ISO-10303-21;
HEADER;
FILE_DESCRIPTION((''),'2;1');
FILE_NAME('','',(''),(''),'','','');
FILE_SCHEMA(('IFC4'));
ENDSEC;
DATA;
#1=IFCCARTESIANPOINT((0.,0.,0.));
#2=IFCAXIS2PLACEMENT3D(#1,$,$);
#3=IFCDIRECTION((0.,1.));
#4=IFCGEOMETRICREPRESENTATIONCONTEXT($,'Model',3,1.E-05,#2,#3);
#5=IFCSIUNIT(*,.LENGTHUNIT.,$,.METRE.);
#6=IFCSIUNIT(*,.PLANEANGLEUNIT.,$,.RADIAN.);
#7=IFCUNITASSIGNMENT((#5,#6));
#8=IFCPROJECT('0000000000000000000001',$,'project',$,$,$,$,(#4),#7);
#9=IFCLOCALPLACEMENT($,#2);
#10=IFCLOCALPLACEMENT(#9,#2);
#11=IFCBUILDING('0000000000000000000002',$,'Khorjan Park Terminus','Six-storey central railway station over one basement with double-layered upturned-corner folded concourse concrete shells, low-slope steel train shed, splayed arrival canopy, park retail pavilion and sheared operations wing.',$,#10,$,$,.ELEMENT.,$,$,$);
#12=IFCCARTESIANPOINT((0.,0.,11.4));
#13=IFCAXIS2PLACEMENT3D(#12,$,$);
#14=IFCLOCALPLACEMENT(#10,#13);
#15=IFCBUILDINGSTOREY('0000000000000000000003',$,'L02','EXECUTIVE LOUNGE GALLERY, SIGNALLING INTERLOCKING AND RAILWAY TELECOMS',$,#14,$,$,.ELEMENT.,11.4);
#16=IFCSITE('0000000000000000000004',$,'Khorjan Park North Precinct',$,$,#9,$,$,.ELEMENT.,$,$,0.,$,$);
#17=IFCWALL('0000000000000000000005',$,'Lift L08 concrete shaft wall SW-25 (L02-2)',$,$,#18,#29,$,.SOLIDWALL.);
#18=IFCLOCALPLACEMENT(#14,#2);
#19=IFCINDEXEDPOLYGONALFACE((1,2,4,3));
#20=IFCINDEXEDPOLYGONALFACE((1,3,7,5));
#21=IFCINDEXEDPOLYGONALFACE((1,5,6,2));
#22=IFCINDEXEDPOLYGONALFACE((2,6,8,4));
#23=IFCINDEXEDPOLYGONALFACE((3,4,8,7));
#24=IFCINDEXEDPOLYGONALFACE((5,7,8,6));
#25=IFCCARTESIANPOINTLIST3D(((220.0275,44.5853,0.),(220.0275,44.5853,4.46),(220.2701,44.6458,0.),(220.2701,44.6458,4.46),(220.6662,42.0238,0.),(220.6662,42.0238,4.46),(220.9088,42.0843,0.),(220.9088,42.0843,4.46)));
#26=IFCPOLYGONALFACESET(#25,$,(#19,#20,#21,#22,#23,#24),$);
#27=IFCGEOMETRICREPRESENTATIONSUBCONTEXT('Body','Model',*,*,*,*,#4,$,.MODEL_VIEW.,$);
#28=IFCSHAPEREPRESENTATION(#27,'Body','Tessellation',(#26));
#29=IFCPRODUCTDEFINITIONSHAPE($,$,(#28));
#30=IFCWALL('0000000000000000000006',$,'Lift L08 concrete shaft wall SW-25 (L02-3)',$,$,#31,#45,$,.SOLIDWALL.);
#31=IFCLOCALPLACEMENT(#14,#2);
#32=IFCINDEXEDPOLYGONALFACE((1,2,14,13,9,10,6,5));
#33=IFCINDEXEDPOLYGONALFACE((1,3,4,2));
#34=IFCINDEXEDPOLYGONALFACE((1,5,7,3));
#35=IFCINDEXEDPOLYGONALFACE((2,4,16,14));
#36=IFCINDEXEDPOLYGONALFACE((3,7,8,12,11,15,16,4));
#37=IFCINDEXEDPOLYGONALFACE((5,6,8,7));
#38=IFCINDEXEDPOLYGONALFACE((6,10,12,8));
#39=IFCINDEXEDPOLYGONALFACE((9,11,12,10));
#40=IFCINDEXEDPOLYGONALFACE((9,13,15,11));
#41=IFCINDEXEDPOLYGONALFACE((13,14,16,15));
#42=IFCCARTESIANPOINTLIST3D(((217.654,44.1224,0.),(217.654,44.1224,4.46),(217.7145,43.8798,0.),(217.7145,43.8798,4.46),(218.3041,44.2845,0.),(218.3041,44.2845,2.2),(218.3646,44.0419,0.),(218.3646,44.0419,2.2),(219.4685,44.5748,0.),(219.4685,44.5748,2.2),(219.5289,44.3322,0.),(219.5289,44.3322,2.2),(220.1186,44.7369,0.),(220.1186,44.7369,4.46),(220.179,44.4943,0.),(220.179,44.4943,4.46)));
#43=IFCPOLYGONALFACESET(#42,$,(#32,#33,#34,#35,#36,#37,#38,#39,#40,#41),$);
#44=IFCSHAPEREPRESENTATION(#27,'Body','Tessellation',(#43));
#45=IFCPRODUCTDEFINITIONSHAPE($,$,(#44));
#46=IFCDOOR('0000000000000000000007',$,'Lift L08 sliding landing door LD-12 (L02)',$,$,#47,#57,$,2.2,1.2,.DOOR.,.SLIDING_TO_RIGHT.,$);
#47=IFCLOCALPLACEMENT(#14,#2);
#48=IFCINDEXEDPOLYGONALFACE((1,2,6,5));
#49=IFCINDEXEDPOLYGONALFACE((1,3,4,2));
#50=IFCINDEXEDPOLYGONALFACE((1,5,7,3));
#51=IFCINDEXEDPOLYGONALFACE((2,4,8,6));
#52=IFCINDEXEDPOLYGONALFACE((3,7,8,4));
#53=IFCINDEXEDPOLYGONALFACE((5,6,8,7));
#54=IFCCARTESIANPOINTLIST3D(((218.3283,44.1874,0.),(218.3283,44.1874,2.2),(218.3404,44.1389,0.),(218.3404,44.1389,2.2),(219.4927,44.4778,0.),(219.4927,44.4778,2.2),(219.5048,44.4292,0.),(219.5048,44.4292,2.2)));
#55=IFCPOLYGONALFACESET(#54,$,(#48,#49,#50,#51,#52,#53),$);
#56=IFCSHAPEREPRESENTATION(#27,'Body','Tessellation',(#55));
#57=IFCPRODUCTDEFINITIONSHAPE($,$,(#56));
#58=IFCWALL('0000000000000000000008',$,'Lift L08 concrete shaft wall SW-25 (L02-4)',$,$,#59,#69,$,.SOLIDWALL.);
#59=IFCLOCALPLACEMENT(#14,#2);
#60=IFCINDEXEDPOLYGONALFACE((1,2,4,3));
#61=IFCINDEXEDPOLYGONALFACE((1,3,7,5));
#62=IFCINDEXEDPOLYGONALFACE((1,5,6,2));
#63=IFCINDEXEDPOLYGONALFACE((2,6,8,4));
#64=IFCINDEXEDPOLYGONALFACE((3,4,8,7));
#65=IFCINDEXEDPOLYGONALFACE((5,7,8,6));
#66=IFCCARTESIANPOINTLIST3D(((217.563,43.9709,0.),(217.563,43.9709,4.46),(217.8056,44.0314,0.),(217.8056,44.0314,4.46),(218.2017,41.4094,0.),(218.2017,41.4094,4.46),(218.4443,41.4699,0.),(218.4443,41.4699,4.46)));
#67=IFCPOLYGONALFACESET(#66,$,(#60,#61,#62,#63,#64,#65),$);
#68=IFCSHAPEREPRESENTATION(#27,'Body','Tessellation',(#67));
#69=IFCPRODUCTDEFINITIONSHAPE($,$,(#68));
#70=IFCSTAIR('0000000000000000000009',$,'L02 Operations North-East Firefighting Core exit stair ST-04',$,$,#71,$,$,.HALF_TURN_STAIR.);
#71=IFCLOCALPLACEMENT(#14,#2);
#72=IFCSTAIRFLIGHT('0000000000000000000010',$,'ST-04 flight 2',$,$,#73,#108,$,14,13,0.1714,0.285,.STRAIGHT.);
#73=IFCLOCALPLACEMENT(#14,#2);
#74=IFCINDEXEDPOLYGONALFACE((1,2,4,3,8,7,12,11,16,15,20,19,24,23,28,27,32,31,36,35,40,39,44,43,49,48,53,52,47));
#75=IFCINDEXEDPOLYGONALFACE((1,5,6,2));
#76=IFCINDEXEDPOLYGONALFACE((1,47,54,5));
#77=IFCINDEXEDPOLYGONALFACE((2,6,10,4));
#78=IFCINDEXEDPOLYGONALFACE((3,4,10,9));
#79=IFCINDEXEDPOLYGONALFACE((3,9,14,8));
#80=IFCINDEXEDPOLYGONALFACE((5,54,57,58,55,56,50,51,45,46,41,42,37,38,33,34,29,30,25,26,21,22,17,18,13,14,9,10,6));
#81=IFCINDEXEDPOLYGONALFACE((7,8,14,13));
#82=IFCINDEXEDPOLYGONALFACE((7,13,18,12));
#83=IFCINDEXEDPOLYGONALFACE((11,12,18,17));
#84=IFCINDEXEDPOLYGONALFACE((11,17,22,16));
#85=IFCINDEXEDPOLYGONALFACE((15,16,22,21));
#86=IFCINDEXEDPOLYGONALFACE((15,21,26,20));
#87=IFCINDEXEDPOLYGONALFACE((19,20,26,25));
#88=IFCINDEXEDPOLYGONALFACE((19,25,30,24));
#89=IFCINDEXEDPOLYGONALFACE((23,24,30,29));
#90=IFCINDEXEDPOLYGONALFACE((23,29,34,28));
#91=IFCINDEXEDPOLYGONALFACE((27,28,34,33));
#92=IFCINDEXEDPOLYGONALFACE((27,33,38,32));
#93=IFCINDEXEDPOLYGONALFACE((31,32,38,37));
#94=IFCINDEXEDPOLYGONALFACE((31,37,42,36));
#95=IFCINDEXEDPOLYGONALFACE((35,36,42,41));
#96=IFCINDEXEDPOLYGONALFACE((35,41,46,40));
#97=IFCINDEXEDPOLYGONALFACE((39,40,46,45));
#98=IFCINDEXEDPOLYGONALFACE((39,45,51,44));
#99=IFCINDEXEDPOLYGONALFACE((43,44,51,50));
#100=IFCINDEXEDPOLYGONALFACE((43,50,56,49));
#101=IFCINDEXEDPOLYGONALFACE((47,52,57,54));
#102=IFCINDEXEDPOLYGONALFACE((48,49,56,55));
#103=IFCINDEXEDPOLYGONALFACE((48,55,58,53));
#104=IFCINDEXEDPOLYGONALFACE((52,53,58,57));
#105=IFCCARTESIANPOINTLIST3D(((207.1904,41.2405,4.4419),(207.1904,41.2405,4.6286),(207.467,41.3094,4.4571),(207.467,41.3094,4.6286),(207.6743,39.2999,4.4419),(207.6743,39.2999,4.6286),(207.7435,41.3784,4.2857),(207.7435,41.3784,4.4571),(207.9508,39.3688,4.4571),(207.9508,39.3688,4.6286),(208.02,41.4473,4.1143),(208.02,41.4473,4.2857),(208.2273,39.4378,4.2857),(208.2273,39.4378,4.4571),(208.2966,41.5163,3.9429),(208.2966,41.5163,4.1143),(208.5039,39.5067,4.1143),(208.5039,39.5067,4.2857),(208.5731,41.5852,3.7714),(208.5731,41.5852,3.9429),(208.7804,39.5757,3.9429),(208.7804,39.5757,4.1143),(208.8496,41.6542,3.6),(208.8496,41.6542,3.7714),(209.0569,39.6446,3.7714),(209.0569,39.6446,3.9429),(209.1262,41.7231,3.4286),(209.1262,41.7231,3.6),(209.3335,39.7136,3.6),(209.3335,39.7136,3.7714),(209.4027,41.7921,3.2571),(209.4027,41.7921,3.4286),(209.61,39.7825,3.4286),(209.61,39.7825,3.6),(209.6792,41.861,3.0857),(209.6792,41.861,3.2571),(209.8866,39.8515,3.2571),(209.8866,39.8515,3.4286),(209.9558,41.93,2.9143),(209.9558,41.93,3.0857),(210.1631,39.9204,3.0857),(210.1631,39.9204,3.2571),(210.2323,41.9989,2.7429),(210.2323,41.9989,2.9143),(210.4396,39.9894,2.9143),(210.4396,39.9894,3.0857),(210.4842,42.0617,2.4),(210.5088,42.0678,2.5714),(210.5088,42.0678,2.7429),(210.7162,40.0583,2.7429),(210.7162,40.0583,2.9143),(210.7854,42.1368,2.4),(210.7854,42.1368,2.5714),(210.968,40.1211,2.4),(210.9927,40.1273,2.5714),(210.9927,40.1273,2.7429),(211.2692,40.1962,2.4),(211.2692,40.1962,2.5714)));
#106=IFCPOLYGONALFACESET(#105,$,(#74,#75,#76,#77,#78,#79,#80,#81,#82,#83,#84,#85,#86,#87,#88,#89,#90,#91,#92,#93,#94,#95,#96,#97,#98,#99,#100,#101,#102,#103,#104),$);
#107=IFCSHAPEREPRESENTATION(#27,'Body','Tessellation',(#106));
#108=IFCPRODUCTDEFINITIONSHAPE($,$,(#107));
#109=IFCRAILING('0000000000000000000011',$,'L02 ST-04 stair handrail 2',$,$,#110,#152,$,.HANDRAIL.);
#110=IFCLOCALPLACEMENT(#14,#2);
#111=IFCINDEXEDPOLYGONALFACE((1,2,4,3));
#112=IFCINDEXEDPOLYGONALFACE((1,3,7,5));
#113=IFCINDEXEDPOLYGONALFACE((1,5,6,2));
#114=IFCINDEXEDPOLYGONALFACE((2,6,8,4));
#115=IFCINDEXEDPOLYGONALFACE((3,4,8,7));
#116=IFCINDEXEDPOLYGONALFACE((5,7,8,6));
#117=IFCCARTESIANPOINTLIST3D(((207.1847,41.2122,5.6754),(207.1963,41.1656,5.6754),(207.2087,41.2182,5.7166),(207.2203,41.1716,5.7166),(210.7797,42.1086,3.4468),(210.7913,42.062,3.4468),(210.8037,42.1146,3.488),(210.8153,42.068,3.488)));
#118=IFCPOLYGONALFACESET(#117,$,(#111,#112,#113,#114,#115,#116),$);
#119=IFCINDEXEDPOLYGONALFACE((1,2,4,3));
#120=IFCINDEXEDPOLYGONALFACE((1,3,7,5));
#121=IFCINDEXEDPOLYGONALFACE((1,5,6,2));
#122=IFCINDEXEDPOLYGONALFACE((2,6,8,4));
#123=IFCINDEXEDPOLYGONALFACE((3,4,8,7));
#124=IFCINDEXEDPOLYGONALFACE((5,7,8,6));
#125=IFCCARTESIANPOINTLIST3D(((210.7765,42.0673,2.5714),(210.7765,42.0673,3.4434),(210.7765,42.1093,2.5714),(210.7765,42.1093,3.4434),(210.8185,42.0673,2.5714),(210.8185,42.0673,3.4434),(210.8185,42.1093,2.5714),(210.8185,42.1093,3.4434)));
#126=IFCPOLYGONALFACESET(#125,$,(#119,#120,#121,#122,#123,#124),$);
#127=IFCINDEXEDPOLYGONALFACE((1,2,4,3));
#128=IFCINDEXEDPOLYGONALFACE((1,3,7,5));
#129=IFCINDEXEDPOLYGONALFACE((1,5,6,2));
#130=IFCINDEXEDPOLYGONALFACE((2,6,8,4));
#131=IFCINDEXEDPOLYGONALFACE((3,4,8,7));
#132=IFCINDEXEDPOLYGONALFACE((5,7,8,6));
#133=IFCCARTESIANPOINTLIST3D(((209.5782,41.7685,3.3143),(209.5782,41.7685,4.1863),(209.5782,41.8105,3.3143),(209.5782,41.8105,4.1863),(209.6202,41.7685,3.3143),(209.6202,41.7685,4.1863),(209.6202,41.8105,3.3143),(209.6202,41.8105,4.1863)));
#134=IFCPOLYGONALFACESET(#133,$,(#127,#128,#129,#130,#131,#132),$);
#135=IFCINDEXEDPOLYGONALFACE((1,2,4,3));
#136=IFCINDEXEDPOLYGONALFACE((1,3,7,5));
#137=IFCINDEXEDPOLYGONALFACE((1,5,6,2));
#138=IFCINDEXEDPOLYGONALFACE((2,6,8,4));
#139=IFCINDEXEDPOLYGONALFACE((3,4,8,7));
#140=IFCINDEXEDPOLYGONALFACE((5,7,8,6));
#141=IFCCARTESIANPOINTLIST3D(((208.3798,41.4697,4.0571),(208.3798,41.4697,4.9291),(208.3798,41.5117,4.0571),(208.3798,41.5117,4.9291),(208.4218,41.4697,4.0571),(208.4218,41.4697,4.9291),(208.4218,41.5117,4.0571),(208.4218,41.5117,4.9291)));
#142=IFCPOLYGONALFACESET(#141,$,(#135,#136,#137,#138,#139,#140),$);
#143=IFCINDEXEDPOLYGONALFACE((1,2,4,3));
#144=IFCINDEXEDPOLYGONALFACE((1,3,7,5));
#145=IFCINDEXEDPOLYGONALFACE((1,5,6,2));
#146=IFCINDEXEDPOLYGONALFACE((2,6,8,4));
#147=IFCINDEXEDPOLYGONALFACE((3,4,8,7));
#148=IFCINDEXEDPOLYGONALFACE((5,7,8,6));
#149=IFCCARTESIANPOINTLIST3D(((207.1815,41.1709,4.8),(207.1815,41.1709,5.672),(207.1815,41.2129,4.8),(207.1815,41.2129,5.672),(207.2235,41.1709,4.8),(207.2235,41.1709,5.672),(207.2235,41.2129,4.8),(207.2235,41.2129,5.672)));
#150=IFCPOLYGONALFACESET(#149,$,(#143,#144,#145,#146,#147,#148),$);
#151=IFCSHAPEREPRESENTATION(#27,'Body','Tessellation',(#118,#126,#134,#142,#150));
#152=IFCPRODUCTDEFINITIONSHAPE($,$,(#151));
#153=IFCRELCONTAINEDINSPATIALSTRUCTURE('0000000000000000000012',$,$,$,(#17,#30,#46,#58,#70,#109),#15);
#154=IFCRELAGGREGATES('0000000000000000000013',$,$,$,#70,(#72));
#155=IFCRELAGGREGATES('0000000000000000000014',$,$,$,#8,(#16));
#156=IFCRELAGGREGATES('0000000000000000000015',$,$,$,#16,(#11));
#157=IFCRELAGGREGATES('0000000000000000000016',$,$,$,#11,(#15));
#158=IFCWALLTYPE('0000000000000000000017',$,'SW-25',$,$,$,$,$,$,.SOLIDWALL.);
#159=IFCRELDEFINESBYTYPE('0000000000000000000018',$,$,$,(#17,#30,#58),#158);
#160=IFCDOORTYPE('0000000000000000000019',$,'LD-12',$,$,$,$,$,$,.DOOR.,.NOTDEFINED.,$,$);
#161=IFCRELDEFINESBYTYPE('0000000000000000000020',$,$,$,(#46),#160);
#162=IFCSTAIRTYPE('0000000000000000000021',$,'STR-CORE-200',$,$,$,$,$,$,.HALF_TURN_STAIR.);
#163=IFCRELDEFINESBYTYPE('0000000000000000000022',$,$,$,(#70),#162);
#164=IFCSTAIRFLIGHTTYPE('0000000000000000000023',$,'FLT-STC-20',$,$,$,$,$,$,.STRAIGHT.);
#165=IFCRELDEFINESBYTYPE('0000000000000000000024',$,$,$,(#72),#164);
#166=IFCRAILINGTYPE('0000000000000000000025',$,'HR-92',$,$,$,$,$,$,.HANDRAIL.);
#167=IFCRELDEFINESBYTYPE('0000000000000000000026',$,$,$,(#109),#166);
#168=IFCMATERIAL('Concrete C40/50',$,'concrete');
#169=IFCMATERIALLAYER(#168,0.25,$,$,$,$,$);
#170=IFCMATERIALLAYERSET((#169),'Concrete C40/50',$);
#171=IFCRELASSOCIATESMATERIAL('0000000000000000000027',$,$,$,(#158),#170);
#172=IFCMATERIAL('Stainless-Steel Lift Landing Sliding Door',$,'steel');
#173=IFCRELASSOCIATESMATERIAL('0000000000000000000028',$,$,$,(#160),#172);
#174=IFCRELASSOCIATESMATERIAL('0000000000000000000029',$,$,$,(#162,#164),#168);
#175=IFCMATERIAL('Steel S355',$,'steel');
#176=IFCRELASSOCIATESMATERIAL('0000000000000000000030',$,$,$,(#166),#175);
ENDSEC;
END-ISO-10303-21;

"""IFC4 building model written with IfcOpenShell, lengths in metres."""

from ifc_helpers import new_model, si_unit, direction, frame, frame_2d, origin, origin_2d, place, context, subcontext, project, spatial, polyline, rectangle, outline, extrude, material, layer, layer_set, type_object, element, fill, aggregate, save


model = new_model("IFC4")

# Units and contexts
model_context = context("Model", 3, precision=1e-05, world=origin(), true_north=direction((0.0, 1.0)))
body_context = subcontext(model_context, "Body", "Model", "MODEL_VIEW")
ifc_project = project(units=[si_unit("LENGTHUNIT", "METRE"), si_unit("PLANEANGLEUNIT", "RADIAN")], contexts=[model_context])

# Site, building, storey
site_placement = place(None, origin())
site = spatial("IfcSite", under=ifc_project, at=site_placement, Name="Khorjan Park North Precinct", CompositionType="ELEMENT", RefElevation=0.0)
building_placement = place(site_placement, origin())
building = spatial("IfcBuilding", under=site, at=building_placement, Name="Khorjan Park Terminus", Description="Six-storey central railway station over one basement with double-layered upturned-corner folded concourse concrete shells, low-slope steel train shed, splayed arrival canopy, park retail pavilion and sheared operations wing.", CompositionType="ELEMENT")
storey_placement = place(building_placement, frame((0.0, 0.0, 11.4)))
storey = spatial("IfcBuildingStorey", under=building, at=storey_placement, Name="L02", Description="EXECUTIVE LOUNGE GALLERY, SIGNALLING INTERLOCKING AND RAILWAY TELECOMS", CompositionType="ELEMENT", Elevation=11.4)

# Shared definitions
ifc_material_1 = material(Name="Concrete C40/50", Category="concrete")
ifc_layer_1 = layer(ifc_material_1, 0.25)
ifc_layer_set_1 = layer_set([ifc_layer_1], Name="Concrete C40/50")
wall_type = type_object("IfcWallType", Name="SW-25", PredefinedType="SOLIDWALL", material=ifc_layer_set_1)

# Shared definitions
ifc_material_2 = material(Name="Stainless-Steel Lift Landing Sliding Door", Category="steel")
door_type = type_object("IfcDoorType", Name="LD-12", OperationType="NOTDEFINED", PredefinedType="DOOR", material=ifc_material_2)

# Wall
wall_1_placement = place(storey_placement, frame((220.7875, 42.0541, 0.0), z_axis=(0.0, 0.0, 1.0), x_axis=(-0.241938, 0.970292, 0.0)))
element("IfcWall", 1, at=wall_1_placement, inside=storey, type_object=wall_type, Name="Lift L08 concrete shaft wall SW-25 (L02-2)", PredefinedType="SOLIDWALL", context=body_context, shape_type="SweptSolid", body=[
    extrude(rectangle(XDim=2.6399, YDim=0.25, at=frame_2d((1.3199, 0.0))), origin(), (0.0, 0.0, 1.0), 4.46),
])

# Wall, opening, door
wall_2_placement = place(storey_placement, frame((220.1488, 44.6156, 0.0), z_axis=(0.0, 0.0, 1.0), x_axis=(-0.970293, -0.241933, 0.0)))
wall_2 = element("IfcWall", 2, at=wall_2_placement, inside=storey, type_object=wall_type, Name="Lift L08 concrete shaft wall SW-25 (L02-3)", PredefinedType="SOLIDWALL", context=body_context, shape_type="SweptSolid", body=[
    extrude(rectangle(XDim=2.54, YDim=0.25, at=frame_2d((1.27, 0.0))), origin(), (0.0, 0.0, 1.0), 4.46),
])
opening_1_placement = place(wall_2_placement, frame((0.67, 0.0, 0.0)))
opening_1 = element("IfcOpeningElement", 3, at=opening_1_placement, cuts=wall_2, PredefinedType="OPENING", context=body_context, shape_type="SweptSolid", body=[
    extrude(rectangle(XDim=1.2, YDim=2.2, at=frame_2d((0.6, 1.1))), frame((0.0, 0.135, 0.0), z_axis=(0.0, -1.0, 0.0), x_axis=(1.0, 0.0, 0.0)), (0.0, 0.0, 1.0), 0.27),
])
door_1_placement = place(opening_1_placement, origin())
door_1 = element("IfcDoor", 4, at=door_1_placement, inside=storey, type_object=door_type, Name="Lift L08 sliding landing door LD-12 (L02)", OperationType="SLIDING_TO_RIGHT", OverallHeight=2.2, OverallWidth=1.2, PredefinedType="DOOR", context=body_context, shape_type="SweptSolid", body=[
    extrude(rectangle(XDim=1.2, YDim=2.2, at=frame_2d((0.6, 1.1))), frame((0.0, 0.025, 0.0), z_axis=(0.0, -1.0, 0.0), x_axis=(1.0, 0.0, 0.0)), (0.0, 0.0, 1.0), 0.05),
])
fill(opening_1, door_1)

# Wall
wall_3_placement = place(storey_placement, frame((217.6843, 44.0011, 0.0), z_axis=(0.0, 0.0, 1.0), x_axis=(0.241938, -0.970292, 0.0)))
element("IfcWall", 5, at=wall_3_placement, inside=storey, type_object=wall_type, Name="Lift L08 concrete shaft wall SW-25 (L02-4)", PredefinedType="SOLIDWALL", context=body_context, shape_type="SweptSolid", body=[
    extrude(rectangle(XDim=2.6399, YDim=0.25, at=frame_2d((1.3199, 0.0))), origin(), (0.0, 0.0, 1.0), 4.46),
])

# Stair, stair flight
stair_type = type_object("IfcStairType", Name="STR-CORE-200", PredefinedType="HALF_TURN_STAIR", material=ifc_material_1)
stair_placement = place(storey_placement, origin())
stair = element("IfcStair", 6, at=stair_placement, inside=storey, type_object=stair_type, Name="L02 Operations North-East Firefighting Core exit stair ST-04", PredefinedType="HALF_TURN_STAIR")
stair_flight_type = type_object("IfcStairFlightType", Name="FLT-STC-20", PredefinedType="STRAIGHT", material=ifc_material_1)
stair_flight_placement = place(storey_placement, frame((211.0273, 41.1665, 2.4), z_axis=(0.0, 0.0, 1.0), x_axis=(-0.970296, -0.241922, 0.0)))
stair_flight = element("IfcStairFlight", 7, at=stair_flight_placement, type_object=stair_flight_type, Name="ST-04 flight 2", NumberOfRisers=14, NumberOfTreads=13, PredefinedType="STRAIGHT", RiserHeight=0.1714, TreadLength=0.285, context=body_context, shape_type="SweptSolid", body=[
    extrude(outline(polyline([(0.0, 0.0), (0.0, 0.1714), (0.285, 0.1714), (0.285, 0.3429), (0.57, 0.3429), (0.57, 0.5143), (0.855, 0.5143), (0.855, 0.6857), (1.14, 0.6857), (1.14, 0.8571), (1.425, 0.8571), (1.425, 1.0286), (1.71, 1.0286), (1.71, 1.2), (1.995, 1.2), (1.995, 1.3714), (2.28, 1.3714), (2.28, 1.5429), (2.565, 1.5429), (2.565, 1.7143), (2.85, 1.7143), (2.85, 1.8857), (3.135, 1.8857), (3.135, 2.0571), (3.42, 2.0571), (3.42, 2.2286), (3.705, 2.2286), (3.705, 2.4), (3.705, 2.0419), (0.3104, 0.0), (0.0, 0.0)])), frame((0.0, 1.0, 0.0), z_axis=(0.0, -1.0, 0.0), x_axis=(1.0, 0.0, 0.0)), (0.0, 0.0, 1.0), 2.0),
])
aggregate(stair, [stair_flight])

# Railing
ifc_material_3 = material(Name="Steel S355", Category="steel")
railing_type = type_object("IfcRailingType", Name="HR-92", PredefinedType="HANDRAIL", material=ifc_material_3)
railing_placement = place(storey_placement, frame((210.7975, 42.0883, 2.5714)))
element("IfcRailing", 8, at=railing_placement, inside=storey, type_object=railing_type, Name="L02 ST-04 stair handrail 2", PredefinedType="HANDRAIL", context=body_context, shape_type="SweptSolid", body=[
    extrude(rectangle(XDim=0.048, YDim=0.048, at=origin_2d()), frame((0.0, 0.0, 0.896), z_axis=(-0.831467, -0.207323, 0.51544), x_axis=(0.241939, -0.970292, 0.0)), (0.0, 0.0, 1.0), 4.3237),
    extrude(rectangle(XDim=0.042, YDim=0.042, at=origin_2d()), origin(), (0.0, 0.0, 1.0), 0.872),
    extrude(rectangle(XDim=0.042, YDim=0.042, at=origin_2d()), frame((-1.1983, -0.2988, 0.7429)), (0.0, 0.0, 1.0), 0.872),
    extrude(rectangle(XDim=0.042, YDim=0.042, at=origin_2d()), frame((-2.3967, -0.5976, 1.4857)), (0.0, 0.0, 1.0), 0.872),
    extrude(rectangle(XDim=0.042, YDim=0.042, at=origin_2d()), frame((-3.595, -0.8964, 2.2286)), (0.0, 0.0, 1.0), 0.872),
])

save(model, "model.ifc")
